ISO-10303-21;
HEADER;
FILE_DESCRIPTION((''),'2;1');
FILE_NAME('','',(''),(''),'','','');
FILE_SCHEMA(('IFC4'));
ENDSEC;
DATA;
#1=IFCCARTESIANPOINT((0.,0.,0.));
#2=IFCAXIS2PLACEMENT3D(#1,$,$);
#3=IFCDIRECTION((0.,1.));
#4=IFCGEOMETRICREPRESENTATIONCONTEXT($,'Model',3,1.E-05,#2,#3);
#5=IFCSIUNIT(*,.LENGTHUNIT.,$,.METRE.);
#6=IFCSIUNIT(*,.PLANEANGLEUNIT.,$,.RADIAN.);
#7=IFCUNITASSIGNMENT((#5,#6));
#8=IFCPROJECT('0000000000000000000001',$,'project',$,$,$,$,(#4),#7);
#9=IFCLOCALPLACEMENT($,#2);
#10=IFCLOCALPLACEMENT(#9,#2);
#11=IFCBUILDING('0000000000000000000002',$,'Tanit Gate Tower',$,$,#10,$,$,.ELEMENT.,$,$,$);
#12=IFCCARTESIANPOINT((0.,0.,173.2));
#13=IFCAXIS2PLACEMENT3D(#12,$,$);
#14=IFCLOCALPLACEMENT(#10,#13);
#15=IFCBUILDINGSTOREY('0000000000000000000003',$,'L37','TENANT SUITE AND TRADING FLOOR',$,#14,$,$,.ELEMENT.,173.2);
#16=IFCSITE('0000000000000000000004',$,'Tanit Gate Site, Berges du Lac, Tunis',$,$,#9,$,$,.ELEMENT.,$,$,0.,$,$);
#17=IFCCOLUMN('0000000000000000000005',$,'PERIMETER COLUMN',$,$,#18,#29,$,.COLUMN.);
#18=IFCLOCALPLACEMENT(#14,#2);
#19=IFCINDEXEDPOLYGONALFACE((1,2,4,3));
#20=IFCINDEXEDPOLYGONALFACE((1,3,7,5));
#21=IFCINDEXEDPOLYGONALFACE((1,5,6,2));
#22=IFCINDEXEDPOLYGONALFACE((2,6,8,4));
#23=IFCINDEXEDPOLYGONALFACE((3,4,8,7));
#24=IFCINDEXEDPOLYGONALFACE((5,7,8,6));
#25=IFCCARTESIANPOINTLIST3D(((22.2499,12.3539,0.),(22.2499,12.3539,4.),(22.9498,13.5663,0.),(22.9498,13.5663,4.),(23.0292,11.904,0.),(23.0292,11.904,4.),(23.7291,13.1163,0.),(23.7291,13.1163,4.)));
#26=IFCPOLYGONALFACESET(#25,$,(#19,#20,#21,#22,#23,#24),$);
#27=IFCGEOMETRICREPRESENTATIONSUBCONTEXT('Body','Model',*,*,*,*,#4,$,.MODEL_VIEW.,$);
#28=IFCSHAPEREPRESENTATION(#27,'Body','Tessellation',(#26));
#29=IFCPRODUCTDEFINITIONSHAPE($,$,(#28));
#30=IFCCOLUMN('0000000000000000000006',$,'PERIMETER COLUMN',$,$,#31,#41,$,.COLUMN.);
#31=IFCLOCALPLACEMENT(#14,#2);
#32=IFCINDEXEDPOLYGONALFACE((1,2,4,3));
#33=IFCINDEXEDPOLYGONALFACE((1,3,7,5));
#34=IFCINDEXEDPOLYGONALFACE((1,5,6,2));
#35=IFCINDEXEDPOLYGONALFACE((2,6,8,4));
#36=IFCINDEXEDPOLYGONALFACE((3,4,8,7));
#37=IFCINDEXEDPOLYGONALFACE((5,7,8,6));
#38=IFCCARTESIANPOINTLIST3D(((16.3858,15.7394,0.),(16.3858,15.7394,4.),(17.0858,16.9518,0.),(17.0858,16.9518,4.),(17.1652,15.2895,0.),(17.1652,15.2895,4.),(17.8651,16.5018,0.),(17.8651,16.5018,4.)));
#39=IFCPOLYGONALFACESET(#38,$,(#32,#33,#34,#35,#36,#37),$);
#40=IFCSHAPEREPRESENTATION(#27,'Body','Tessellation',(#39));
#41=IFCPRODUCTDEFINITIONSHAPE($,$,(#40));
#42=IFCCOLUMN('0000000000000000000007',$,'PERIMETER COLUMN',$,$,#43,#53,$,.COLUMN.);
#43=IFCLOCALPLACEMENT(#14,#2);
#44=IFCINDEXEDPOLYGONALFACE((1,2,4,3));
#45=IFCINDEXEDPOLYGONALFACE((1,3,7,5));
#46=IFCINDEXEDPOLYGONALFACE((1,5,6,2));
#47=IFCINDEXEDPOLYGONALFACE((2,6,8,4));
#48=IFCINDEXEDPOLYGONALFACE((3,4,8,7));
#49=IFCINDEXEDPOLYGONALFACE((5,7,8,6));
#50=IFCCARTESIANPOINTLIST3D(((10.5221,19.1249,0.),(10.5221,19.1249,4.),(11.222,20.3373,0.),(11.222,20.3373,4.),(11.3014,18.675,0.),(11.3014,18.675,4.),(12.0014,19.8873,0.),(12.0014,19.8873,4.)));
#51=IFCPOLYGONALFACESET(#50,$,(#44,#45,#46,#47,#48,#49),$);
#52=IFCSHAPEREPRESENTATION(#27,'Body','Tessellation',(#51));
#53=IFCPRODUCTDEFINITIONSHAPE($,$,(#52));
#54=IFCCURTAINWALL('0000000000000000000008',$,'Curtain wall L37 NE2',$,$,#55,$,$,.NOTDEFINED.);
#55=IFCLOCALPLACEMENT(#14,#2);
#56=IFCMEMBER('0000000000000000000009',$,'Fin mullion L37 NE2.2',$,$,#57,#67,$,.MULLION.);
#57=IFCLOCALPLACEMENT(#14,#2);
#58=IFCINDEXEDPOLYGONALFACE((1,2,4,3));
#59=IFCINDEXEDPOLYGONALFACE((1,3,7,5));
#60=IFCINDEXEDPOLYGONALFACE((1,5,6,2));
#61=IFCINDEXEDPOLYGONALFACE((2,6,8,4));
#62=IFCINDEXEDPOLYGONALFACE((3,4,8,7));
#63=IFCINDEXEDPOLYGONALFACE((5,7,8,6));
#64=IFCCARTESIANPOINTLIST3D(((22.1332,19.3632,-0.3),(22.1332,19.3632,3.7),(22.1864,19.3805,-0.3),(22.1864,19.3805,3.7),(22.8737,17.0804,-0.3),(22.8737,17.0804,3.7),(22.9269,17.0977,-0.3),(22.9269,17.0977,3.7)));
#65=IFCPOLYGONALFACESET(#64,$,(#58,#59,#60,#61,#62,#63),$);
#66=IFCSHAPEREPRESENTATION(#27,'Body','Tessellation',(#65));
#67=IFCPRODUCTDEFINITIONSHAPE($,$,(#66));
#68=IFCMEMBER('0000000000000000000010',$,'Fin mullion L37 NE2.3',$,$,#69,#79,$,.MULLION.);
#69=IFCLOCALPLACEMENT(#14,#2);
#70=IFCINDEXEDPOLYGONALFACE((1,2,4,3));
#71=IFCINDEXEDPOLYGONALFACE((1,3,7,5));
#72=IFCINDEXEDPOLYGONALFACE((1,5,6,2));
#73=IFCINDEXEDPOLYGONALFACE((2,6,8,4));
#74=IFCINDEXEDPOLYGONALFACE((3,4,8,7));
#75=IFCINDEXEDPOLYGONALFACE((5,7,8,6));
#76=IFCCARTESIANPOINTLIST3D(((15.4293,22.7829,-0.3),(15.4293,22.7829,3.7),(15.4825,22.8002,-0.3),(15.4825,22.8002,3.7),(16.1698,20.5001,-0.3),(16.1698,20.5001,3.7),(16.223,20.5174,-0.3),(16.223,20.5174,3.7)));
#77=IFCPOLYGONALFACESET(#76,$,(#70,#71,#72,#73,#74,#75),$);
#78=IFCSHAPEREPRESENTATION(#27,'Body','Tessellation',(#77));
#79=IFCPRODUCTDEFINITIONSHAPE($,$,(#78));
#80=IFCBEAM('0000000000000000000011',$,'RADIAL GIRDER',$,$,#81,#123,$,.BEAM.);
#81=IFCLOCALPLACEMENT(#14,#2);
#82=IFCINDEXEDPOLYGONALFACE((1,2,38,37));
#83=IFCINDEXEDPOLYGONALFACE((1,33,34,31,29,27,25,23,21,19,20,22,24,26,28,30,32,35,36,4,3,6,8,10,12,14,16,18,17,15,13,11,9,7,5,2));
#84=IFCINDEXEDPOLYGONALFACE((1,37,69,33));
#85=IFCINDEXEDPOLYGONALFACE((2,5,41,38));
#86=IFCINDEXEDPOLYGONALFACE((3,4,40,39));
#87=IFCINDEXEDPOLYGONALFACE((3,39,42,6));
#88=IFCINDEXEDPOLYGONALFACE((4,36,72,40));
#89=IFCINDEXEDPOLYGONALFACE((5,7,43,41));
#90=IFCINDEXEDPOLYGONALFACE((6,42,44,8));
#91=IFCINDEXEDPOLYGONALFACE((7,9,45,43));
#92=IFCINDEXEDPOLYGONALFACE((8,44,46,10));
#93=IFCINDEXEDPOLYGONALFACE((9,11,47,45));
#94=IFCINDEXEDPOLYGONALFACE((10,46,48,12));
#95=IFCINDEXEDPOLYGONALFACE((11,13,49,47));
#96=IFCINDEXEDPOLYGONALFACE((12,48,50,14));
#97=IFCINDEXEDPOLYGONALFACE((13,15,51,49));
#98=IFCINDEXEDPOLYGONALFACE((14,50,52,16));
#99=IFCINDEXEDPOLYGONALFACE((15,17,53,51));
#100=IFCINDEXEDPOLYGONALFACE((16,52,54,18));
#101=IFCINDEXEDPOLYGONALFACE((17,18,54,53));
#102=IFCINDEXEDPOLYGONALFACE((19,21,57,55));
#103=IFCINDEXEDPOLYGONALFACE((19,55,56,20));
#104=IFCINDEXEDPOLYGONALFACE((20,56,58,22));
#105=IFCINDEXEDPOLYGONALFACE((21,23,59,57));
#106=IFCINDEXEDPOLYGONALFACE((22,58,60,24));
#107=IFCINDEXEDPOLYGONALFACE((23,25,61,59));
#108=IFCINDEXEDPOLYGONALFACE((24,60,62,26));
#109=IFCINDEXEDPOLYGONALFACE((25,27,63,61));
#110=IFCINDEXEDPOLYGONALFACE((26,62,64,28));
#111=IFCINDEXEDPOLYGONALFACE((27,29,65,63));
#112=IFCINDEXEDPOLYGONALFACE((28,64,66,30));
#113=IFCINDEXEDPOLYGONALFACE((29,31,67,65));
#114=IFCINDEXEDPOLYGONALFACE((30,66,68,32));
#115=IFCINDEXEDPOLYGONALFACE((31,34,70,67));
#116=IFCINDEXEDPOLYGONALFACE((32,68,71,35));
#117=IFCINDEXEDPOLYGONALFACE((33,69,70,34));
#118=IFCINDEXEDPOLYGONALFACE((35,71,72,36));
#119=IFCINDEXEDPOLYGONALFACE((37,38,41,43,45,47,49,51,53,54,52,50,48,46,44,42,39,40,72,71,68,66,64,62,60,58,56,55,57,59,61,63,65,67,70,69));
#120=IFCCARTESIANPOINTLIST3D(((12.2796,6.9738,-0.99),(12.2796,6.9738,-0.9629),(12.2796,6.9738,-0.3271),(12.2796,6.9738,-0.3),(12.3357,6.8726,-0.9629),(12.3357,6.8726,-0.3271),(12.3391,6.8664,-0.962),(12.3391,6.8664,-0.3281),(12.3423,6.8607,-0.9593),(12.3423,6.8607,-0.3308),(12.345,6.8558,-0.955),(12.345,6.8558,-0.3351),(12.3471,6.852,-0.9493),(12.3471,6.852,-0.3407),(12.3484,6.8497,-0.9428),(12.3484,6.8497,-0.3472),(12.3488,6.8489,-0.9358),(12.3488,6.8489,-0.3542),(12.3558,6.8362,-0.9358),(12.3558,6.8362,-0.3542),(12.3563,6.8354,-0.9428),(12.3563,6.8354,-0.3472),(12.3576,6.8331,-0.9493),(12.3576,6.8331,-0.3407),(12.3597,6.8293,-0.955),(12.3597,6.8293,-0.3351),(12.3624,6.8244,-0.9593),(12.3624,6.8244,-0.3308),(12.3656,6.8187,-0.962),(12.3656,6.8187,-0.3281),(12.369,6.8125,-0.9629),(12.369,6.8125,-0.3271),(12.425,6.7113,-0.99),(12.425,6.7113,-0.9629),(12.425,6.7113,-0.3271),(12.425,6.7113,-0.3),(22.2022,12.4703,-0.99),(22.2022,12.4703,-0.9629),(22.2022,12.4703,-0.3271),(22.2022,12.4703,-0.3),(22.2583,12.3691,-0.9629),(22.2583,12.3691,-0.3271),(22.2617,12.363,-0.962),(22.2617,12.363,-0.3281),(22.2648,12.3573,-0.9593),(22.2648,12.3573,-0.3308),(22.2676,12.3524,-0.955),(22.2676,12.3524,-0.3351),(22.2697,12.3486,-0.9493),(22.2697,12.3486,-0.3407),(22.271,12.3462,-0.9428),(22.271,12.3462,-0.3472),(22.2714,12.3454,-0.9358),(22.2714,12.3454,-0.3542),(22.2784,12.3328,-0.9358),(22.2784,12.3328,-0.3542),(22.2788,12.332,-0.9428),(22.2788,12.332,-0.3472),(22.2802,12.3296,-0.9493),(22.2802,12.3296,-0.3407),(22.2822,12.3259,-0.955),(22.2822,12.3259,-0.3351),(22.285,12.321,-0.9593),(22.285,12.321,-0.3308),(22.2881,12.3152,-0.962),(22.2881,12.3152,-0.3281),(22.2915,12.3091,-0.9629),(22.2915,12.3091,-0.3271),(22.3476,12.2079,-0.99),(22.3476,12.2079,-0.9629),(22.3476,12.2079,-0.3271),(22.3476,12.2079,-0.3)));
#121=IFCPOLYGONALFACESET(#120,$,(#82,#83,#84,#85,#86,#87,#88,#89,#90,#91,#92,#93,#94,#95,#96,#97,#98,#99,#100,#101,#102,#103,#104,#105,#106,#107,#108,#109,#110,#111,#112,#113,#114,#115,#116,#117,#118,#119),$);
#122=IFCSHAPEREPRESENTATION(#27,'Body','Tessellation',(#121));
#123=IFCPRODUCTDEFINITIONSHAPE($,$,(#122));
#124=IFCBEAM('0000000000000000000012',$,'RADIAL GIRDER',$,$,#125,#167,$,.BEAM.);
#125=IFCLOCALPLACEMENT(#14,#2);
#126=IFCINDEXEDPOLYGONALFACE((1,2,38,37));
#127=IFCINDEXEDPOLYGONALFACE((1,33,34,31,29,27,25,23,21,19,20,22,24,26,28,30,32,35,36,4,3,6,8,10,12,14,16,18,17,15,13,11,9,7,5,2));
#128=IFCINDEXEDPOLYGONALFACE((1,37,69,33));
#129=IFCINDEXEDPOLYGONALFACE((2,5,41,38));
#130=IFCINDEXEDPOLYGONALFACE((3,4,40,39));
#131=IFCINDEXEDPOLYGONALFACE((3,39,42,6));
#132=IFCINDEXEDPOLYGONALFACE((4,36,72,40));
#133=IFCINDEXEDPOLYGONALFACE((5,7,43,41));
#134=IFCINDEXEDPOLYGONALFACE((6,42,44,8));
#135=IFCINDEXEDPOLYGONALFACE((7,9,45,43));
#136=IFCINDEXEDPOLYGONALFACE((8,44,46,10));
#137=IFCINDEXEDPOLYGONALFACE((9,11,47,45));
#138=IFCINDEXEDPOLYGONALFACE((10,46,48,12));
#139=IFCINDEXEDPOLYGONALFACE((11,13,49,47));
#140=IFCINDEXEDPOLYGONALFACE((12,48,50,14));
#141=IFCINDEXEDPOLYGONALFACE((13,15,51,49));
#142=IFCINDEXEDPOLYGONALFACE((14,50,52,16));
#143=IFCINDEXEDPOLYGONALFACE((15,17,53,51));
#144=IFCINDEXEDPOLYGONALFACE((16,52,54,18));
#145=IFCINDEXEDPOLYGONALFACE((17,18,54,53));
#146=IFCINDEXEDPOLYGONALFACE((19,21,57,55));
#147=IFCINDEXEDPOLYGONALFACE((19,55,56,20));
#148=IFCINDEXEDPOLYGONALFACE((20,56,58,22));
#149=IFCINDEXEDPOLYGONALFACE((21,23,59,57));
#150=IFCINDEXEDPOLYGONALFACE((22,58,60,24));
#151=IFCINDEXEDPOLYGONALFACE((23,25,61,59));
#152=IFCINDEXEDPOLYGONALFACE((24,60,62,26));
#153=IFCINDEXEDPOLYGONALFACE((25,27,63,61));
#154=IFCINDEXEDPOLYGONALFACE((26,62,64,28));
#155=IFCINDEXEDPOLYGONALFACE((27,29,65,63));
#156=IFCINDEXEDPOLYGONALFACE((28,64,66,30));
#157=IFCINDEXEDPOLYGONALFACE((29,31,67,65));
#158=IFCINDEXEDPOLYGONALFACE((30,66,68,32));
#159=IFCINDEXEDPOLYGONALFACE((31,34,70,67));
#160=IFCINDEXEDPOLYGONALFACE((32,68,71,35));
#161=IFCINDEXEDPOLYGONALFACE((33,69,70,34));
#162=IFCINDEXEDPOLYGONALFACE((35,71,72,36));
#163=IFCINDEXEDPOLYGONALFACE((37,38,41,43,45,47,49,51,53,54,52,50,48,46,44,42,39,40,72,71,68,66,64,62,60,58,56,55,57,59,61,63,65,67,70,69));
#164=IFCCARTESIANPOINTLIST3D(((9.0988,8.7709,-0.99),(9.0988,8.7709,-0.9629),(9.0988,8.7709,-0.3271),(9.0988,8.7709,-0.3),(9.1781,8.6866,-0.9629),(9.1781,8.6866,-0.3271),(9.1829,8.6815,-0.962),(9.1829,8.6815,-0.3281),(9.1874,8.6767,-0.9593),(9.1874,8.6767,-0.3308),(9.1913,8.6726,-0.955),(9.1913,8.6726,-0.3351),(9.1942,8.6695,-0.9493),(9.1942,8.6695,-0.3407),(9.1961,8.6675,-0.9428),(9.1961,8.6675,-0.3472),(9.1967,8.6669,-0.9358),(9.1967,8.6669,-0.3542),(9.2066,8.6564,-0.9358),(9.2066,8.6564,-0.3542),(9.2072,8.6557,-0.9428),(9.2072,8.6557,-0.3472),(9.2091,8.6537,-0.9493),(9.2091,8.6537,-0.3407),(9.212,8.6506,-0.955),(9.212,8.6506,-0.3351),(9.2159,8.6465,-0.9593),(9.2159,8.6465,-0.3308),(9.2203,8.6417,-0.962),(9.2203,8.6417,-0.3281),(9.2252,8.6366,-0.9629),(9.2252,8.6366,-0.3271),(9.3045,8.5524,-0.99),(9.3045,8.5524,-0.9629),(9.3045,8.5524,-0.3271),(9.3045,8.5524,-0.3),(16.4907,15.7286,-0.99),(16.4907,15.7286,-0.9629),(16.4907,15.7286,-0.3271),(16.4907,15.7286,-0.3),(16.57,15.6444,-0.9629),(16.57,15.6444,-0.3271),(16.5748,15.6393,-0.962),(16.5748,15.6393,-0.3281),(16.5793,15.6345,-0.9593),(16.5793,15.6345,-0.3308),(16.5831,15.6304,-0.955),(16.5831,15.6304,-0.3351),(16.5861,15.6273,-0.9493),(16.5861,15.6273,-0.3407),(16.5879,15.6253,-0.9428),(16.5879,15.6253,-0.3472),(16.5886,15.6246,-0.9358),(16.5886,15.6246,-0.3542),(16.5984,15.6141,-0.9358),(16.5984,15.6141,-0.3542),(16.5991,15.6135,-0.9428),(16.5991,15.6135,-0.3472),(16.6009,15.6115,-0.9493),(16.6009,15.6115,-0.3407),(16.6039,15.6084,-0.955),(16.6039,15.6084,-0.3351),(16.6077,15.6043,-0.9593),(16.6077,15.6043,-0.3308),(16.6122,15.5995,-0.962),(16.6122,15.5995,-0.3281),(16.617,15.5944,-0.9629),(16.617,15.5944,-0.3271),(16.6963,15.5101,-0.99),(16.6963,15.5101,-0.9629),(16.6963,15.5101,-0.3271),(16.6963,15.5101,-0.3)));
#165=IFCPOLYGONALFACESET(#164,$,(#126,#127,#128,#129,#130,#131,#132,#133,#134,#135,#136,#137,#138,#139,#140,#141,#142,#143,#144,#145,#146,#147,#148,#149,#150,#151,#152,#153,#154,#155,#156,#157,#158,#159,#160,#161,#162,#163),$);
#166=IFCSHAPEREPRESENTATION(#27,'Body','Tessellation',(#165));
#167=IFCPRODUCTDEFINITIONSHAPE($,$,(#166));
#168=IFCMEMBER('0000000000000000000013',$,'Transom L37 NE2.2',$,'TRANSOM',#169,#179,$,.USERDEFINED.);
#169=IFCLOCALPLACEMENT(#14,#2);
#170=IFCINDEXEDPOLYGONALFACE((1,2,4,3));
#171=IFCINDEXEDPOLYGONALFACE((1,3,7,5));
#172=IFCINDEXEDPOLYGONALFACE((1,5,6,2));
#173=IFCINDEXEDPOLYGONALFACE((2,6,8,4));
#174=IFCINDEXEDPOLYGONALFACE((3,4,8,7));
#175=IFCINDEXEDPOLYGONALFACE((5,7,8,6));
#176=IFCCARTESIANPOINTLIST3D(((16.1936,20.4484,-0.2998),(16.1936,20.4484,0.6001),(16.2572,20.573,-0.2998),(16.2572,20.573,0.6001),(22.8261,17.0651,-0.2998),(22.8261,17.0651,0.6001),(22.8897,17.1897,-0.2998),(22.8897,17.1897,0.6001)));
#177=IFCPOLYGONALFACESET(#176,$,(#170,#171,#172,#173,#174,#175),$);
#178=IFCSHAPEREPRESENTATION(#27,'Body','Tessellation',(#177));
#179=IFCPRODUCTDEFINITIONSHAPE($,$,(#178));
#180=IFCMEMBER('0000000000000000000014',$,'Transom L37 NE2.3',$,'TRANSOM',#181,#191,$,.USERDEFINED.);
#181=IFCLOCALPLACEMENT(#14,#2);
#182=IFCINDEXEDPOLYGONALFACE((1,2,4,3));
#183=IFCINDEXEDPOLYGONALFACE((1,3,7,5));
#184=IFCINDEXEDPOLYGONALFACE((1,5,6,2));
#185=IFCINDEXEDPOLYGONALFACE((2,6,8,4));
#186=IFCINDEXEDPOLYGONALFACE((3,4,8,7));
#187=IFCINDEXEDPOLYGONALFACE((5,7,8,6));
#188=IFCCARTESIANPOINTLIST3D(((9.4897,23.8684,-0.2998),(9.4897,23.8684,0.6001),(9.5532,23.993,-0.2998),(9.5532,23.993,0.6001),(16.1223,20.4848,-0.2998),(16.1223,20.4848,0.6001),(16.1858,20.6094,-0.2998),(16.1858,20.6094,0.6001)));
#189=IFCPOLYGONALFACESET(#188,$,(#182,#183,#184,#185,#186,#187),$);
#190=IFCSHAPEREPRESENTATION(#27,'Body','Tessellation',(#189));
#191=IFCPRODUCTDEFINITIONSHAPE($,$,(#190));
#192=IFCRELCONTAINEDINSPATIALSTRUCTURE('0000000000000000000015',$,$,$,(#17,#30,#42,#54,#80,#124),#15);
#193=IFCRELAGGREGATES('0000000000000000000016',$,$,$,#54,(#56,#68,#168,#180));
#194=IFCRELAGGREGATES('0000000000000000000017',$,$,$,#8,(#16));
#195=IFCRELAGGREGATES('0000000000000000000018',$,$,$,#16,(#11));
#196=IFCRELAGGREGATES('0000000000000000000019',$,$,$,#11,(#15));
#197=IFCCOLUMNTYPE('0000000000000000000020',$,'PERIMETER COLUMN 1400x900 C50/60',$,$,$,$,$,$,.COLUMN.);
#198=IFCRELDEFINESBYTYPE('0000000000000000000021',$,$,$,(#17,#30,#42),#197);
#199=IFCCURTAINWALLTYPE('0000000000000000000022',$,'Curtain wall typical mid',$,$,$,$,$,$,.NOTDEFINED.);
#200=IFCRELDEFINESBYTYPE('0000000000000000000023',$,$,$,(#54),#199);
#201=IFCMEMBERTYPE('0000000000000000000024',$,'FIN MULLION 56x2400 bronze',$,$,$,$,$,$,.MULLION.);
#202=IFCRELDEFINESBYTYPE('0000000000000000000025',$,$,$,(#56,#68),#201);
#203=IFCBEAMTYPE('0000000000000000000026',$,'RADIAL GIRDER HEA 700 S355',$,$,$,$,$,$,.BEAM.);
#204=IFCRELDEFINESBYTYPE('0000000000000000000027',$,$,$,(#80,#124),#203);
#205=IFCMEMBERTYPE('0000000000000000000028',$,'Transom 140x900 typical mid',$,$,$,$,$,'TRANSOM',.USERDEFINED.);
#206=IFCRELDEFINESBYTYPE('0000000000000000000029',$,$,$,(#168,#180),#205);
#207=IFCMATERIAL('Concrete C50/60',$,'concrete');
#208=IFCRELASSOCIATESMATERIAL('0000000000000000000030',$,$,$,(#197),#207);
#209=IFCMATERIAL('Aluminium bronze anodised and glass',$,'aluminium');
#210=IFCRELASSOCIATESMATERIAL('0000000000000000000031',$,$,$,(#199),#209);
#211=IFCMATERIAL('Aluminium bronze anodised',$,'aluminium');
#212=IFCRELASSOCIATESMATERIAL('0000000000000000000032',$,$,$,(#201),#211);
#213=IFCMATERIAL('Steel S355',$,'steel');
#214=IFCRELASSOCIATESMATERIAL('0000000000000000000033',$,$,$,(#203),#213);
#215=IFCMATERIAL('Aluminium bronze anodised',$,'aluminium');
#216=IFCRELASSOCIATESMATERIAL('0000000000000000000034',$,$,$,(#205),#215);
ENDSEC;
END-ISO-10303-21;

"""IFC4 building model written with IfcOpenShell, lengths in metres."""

from ifc_helpers import new_model, si_unit, direction, frame, origin, origin_2d, place, context, subcontext, project, spatial, rectangle, i_section, extrude, material, material_profile, profile_set, type_object, element, aggregate, save


model = new_model("IFC4")

# Units and contexts
model_context = context("Model", 3, precision=1e-05, world=origin(), true_north=direction((0.0, 1.0)))
body_context = subcontext(model_context, "Body", "Model", "MODEL_VIEW")
ifc_project = project(units=[si_unit("LENGTHUNIT", "METRE"), si_unit("PLANEANGLEUNIT", "RADIAN")], contexts=[model_context])

# Site, building, storey
site_placement = place(None, origin())
site = spatial("IfcSite", under=ifc_project, at=site_placement, Name="Tanit Gate Site, Berges du Lac, Tunis", CompositionType="ELEMENT", RefElevation=0.0)
building_placement = place(site_placement, origin())
building = spatial("IfcBuilding", under=site, at=building_placement, Name="Tanit Gate Tower", CompositionType="ELEMENT")
storey_placement = place(building_placement, frame((0.0, 0.0, 173.2)))
storey = spatial("IfcBuildingStorey", under=building, at=storey_placement, Name="L37", Description="TENANT SUITE AND TRADING FLOOR", CompositionType="ELEMENT", Elevation=173.2)

# Columns
ifc_material_1 = material(Name="Concrete C50/60", Category="concrete")
ifc_material_profile_1 = material_profile(ifc_material_1, rectangle(XDim=1.3999, YDim=0.8999, at=origin_2d()), Name="RC 1400x900")
ifc_profile_set_1 = profile_set([ifc_material_profile_1], Name="Concrete C50/60")
column_type = type_object("IfcColumnType", Name="PERIMETER COLUMN 1400x900 C50/60", PredefinedType="COLUMN", material=ifc_profile_set_1)
for number, where, z_axis, x_axis, name in (
    (1, (22.9895, 12.7351, 0.0), (0.0, 0.0, 1.0), (0.5, 0.866025, 0.0), "PERIMETER COLUMN"),
    (2, (17.1255, 16.1206, 0.0), (0.0, 0.0, 1.0), (0.5, 0.866025, 0.0), "PERIMETER COLUMN"),
    (3, (11.2617, 19.5061, 0.0), (0.0, 0.0, 1.0), (0.5, 0.866025, 0.0), "PERIMETER COLUMN"),
):
    element("IfcColumn", number, at=place(storey_placement, frame(where, z_axis=z_axis, x_axis=x_axis)), inside=storey, type_object=column_type, Name=name, PredefinedType="COLUMN", context=body_context, shape_type="SweptSolid", body=[
        extrude(rectangle(XDim=1.3999, YDim=0.8999, at=origin_2d()), origin(), (0.0, 0.0, 1.0), 4.0),
    ])

# Curtain wall, members
ifc_material_2 = material(Name="Aluminium bronze anodised and glass", Category="aluminium")
curtain_wall_type = type_object("IfcCurtainWallType", Name="Curtain wall typical mid", PredefinedType="NOTDEFINED", material=ifc_material_2)
curtain_wall_placement = place(storey_placement, origin())
curtain_wall = element("IfcCurtainWall", 4, at=curtain_wall_placement, inside=storey, type_object=curtain_wall_type, Name="Curtain wall L37 NE2", PredefinedType="NOTDEFINED")
ifc_material_3 = material(Name="Aluminium bronze anodised", Category="aluminium")
ifc_material_profile_2 = material_profile(ifc_material_3, rectangle(XDim=2.3999, YDim=0.0559, at=origin_2d()), Name="56x2400 bronze fin mullion")
ifc_profile_set_2 = profile_set([ifc_material_profile_2], Name="Aluminium bronze anodised")
member_type_1 = type_object("IfcMemberType", Name="FIN MULLION 56x2400 bronze", PredefinedType="MULLION", material=ifc_profile_set_2)
member_1_placement = place(storey_placement, frame((22.53, 18.2305, -0.3), z_axis=(0.0, 0.0, 1.0), x_axis=(0.308568, -0.951202, 0.0)))
member_1 = element("IfcMember", 5, at=member_1_placement, type_object=member_type_1, Name="Fin mullion L37 NE2.2", PredefinedType="MULLION", context=body_context, shape_type="SweptSolid", body=[
    extrude(rectangle(XDim=2.3999, YDim=0.0559, at=origin_2d()), origin(), (0.0, 0.0, 1.0), 4.0),
])
member_2_placement = place(storey_placement, frame((15.8262, 21.6501, -0.3), z_axis=(0.0, 0.0, 1.0), x_axis=(0.308568, -0.951202, 0.0)))
member_2 = element("IfcMember", 6, at=member_2_placement, type_object=member_type_1, Name="Fin mullion L37 NE2.3", PredefinedType="MULLION", context=body_context, shape_type="SweptSolid", body=[
    extrude(rectangle(XDim=2.3999, YDim=0.0559, at=origin_2d()), origin(), (0.0, 0.0, 1.0), 4.0),
])

# Beams
ifc_material_4 = material(Name="Steel S355", Category="steel")
ifc_material_profile_3 = material_profile(ifc_material_4, i_section(OverallWidth=0.3, OverallDepth=0.6899, WebThickness=0.0144, FlangeThickness=0.0271, FilletRadius=0.0271, at=origin_2d()), Name="HEA 700")
ifc_profile_set_3 = profile_set([ifc_material_profile_3], Name="Steel S355")
beam_type = type_object("IfcBeamType", Name="RADIAL GIRDER HEA 700 S355", PredefinedType="BEAM", material=ifc_profile_set_3)
beam_1_placement = place(storey_placement, frame((22.2749, 12.3391, -0.645), z_axis=(-0.874755, -0.484566, 0.0), x_axis=(0.484566, -0.874755, 0.0)))
element("IfcBeam", 7, at=beam_1_placement, inside=storey, type_object=beam_type, Name="RADIAL GIRDER", PredefinedType="BEAM", context=body_context, shape_type="SweptSolid", body=[
    extrude(i_section(OverallWidth=0.3, OverallDepth=0.6899, WebThickness=0.0144, FlangeThickness=0.0271, FilletRadius=0.0271, at=origin_2d()), origin(), (0.0, 0.0, 1.0), 11.3433),
])
beam_2_placement = place(storey_placement, frame((16.5935, 15.6194, -0.645), z_axis=(-0.728164, -0.685403, 0.0), x_axis=(0.685403, -0.728164, 0.0)))
element("IfcBeam", 8, at=beam_2_placement, inside=storey, type_object=beam_type, Name="RADIAL GIRDER", PredefinedType="BEAM", context=body_context, shape_type="SweptSolid", body=[
    extrude(i_section(OverallWidth=0.3, OverallDepth=0.6899, WebThickness=0.0144, FlangeThickness=0.0271, FilletRadius=0.0271, at=origin_2d()), origin(), (0.0, 0.0, 1.0), 10.1514),
])

# Members
ifc_material_5 = material(Name="Aluminium bronze anodised", Category="aluminium")
ifc_material_profile_4 = material_profile(ifc_material_5, rectangle(XDim=0.1399, YDim=0.8999, at=origin_2d()), Name="140x900 bronze transom")
ifc_profile_set_4 = profile_set([ifc_material_profile_4], Name="Aluminium bronze anodised")
member_type_2 = type_object("IfcMemberType", Name="Transom 140x900 typical mid", ElementType="TRANSOM", PredefinedType="USERDEFINED", material=ifc_profile_set_4)
member_3_placement = place(storey_placement, frame((22.8579, 17.1274, 0.1501), z_axis=(-0.890798, 0.4544, 0.0), x_axis=(-0.4544, -0.890798, 0.0)))
member_3 = element("IfcMember", 9, at=member_3_placement, type_object=member_type_2, Name="Transom L37 NE2.2", ObjectType="TRANSOM", PredefinedType="USERDEFINED", context=body_context, shape_type="SweptSolid", body=[
    extrude(rectangle(XDim=0.1399, YDim=0.8999, at=origin_2d()), origin(), (0.0, 0.0, 1.0), 7.4456),
])
member_4_placement = place(storey_placement, frame((16.1541, 20.5471, 0.1501), z_axis=(-0.890785, 0.454426, 0.0), x_axis=(-0.454426, -0.890785, 0.0)))
member_4 = element("IfcMember", 10, at=member_4_placement, type_object=member_type_2, Name="Transom L37 NE2.3", ObjectType="TRANSOM", PredefinedType="USERDEFINED", context=body_context, shape_type="SweptSolid", body=[
    extrude(rectangle(XDim=0.1399, YDim=0.8999, at=origin_2d()), origin(), (0.0, 0.0, 1.0), 7.4458),
])

aggregate(curtain_wall, [member_1, member_2, member_3, member_4])

save(model, "model.ifc")
